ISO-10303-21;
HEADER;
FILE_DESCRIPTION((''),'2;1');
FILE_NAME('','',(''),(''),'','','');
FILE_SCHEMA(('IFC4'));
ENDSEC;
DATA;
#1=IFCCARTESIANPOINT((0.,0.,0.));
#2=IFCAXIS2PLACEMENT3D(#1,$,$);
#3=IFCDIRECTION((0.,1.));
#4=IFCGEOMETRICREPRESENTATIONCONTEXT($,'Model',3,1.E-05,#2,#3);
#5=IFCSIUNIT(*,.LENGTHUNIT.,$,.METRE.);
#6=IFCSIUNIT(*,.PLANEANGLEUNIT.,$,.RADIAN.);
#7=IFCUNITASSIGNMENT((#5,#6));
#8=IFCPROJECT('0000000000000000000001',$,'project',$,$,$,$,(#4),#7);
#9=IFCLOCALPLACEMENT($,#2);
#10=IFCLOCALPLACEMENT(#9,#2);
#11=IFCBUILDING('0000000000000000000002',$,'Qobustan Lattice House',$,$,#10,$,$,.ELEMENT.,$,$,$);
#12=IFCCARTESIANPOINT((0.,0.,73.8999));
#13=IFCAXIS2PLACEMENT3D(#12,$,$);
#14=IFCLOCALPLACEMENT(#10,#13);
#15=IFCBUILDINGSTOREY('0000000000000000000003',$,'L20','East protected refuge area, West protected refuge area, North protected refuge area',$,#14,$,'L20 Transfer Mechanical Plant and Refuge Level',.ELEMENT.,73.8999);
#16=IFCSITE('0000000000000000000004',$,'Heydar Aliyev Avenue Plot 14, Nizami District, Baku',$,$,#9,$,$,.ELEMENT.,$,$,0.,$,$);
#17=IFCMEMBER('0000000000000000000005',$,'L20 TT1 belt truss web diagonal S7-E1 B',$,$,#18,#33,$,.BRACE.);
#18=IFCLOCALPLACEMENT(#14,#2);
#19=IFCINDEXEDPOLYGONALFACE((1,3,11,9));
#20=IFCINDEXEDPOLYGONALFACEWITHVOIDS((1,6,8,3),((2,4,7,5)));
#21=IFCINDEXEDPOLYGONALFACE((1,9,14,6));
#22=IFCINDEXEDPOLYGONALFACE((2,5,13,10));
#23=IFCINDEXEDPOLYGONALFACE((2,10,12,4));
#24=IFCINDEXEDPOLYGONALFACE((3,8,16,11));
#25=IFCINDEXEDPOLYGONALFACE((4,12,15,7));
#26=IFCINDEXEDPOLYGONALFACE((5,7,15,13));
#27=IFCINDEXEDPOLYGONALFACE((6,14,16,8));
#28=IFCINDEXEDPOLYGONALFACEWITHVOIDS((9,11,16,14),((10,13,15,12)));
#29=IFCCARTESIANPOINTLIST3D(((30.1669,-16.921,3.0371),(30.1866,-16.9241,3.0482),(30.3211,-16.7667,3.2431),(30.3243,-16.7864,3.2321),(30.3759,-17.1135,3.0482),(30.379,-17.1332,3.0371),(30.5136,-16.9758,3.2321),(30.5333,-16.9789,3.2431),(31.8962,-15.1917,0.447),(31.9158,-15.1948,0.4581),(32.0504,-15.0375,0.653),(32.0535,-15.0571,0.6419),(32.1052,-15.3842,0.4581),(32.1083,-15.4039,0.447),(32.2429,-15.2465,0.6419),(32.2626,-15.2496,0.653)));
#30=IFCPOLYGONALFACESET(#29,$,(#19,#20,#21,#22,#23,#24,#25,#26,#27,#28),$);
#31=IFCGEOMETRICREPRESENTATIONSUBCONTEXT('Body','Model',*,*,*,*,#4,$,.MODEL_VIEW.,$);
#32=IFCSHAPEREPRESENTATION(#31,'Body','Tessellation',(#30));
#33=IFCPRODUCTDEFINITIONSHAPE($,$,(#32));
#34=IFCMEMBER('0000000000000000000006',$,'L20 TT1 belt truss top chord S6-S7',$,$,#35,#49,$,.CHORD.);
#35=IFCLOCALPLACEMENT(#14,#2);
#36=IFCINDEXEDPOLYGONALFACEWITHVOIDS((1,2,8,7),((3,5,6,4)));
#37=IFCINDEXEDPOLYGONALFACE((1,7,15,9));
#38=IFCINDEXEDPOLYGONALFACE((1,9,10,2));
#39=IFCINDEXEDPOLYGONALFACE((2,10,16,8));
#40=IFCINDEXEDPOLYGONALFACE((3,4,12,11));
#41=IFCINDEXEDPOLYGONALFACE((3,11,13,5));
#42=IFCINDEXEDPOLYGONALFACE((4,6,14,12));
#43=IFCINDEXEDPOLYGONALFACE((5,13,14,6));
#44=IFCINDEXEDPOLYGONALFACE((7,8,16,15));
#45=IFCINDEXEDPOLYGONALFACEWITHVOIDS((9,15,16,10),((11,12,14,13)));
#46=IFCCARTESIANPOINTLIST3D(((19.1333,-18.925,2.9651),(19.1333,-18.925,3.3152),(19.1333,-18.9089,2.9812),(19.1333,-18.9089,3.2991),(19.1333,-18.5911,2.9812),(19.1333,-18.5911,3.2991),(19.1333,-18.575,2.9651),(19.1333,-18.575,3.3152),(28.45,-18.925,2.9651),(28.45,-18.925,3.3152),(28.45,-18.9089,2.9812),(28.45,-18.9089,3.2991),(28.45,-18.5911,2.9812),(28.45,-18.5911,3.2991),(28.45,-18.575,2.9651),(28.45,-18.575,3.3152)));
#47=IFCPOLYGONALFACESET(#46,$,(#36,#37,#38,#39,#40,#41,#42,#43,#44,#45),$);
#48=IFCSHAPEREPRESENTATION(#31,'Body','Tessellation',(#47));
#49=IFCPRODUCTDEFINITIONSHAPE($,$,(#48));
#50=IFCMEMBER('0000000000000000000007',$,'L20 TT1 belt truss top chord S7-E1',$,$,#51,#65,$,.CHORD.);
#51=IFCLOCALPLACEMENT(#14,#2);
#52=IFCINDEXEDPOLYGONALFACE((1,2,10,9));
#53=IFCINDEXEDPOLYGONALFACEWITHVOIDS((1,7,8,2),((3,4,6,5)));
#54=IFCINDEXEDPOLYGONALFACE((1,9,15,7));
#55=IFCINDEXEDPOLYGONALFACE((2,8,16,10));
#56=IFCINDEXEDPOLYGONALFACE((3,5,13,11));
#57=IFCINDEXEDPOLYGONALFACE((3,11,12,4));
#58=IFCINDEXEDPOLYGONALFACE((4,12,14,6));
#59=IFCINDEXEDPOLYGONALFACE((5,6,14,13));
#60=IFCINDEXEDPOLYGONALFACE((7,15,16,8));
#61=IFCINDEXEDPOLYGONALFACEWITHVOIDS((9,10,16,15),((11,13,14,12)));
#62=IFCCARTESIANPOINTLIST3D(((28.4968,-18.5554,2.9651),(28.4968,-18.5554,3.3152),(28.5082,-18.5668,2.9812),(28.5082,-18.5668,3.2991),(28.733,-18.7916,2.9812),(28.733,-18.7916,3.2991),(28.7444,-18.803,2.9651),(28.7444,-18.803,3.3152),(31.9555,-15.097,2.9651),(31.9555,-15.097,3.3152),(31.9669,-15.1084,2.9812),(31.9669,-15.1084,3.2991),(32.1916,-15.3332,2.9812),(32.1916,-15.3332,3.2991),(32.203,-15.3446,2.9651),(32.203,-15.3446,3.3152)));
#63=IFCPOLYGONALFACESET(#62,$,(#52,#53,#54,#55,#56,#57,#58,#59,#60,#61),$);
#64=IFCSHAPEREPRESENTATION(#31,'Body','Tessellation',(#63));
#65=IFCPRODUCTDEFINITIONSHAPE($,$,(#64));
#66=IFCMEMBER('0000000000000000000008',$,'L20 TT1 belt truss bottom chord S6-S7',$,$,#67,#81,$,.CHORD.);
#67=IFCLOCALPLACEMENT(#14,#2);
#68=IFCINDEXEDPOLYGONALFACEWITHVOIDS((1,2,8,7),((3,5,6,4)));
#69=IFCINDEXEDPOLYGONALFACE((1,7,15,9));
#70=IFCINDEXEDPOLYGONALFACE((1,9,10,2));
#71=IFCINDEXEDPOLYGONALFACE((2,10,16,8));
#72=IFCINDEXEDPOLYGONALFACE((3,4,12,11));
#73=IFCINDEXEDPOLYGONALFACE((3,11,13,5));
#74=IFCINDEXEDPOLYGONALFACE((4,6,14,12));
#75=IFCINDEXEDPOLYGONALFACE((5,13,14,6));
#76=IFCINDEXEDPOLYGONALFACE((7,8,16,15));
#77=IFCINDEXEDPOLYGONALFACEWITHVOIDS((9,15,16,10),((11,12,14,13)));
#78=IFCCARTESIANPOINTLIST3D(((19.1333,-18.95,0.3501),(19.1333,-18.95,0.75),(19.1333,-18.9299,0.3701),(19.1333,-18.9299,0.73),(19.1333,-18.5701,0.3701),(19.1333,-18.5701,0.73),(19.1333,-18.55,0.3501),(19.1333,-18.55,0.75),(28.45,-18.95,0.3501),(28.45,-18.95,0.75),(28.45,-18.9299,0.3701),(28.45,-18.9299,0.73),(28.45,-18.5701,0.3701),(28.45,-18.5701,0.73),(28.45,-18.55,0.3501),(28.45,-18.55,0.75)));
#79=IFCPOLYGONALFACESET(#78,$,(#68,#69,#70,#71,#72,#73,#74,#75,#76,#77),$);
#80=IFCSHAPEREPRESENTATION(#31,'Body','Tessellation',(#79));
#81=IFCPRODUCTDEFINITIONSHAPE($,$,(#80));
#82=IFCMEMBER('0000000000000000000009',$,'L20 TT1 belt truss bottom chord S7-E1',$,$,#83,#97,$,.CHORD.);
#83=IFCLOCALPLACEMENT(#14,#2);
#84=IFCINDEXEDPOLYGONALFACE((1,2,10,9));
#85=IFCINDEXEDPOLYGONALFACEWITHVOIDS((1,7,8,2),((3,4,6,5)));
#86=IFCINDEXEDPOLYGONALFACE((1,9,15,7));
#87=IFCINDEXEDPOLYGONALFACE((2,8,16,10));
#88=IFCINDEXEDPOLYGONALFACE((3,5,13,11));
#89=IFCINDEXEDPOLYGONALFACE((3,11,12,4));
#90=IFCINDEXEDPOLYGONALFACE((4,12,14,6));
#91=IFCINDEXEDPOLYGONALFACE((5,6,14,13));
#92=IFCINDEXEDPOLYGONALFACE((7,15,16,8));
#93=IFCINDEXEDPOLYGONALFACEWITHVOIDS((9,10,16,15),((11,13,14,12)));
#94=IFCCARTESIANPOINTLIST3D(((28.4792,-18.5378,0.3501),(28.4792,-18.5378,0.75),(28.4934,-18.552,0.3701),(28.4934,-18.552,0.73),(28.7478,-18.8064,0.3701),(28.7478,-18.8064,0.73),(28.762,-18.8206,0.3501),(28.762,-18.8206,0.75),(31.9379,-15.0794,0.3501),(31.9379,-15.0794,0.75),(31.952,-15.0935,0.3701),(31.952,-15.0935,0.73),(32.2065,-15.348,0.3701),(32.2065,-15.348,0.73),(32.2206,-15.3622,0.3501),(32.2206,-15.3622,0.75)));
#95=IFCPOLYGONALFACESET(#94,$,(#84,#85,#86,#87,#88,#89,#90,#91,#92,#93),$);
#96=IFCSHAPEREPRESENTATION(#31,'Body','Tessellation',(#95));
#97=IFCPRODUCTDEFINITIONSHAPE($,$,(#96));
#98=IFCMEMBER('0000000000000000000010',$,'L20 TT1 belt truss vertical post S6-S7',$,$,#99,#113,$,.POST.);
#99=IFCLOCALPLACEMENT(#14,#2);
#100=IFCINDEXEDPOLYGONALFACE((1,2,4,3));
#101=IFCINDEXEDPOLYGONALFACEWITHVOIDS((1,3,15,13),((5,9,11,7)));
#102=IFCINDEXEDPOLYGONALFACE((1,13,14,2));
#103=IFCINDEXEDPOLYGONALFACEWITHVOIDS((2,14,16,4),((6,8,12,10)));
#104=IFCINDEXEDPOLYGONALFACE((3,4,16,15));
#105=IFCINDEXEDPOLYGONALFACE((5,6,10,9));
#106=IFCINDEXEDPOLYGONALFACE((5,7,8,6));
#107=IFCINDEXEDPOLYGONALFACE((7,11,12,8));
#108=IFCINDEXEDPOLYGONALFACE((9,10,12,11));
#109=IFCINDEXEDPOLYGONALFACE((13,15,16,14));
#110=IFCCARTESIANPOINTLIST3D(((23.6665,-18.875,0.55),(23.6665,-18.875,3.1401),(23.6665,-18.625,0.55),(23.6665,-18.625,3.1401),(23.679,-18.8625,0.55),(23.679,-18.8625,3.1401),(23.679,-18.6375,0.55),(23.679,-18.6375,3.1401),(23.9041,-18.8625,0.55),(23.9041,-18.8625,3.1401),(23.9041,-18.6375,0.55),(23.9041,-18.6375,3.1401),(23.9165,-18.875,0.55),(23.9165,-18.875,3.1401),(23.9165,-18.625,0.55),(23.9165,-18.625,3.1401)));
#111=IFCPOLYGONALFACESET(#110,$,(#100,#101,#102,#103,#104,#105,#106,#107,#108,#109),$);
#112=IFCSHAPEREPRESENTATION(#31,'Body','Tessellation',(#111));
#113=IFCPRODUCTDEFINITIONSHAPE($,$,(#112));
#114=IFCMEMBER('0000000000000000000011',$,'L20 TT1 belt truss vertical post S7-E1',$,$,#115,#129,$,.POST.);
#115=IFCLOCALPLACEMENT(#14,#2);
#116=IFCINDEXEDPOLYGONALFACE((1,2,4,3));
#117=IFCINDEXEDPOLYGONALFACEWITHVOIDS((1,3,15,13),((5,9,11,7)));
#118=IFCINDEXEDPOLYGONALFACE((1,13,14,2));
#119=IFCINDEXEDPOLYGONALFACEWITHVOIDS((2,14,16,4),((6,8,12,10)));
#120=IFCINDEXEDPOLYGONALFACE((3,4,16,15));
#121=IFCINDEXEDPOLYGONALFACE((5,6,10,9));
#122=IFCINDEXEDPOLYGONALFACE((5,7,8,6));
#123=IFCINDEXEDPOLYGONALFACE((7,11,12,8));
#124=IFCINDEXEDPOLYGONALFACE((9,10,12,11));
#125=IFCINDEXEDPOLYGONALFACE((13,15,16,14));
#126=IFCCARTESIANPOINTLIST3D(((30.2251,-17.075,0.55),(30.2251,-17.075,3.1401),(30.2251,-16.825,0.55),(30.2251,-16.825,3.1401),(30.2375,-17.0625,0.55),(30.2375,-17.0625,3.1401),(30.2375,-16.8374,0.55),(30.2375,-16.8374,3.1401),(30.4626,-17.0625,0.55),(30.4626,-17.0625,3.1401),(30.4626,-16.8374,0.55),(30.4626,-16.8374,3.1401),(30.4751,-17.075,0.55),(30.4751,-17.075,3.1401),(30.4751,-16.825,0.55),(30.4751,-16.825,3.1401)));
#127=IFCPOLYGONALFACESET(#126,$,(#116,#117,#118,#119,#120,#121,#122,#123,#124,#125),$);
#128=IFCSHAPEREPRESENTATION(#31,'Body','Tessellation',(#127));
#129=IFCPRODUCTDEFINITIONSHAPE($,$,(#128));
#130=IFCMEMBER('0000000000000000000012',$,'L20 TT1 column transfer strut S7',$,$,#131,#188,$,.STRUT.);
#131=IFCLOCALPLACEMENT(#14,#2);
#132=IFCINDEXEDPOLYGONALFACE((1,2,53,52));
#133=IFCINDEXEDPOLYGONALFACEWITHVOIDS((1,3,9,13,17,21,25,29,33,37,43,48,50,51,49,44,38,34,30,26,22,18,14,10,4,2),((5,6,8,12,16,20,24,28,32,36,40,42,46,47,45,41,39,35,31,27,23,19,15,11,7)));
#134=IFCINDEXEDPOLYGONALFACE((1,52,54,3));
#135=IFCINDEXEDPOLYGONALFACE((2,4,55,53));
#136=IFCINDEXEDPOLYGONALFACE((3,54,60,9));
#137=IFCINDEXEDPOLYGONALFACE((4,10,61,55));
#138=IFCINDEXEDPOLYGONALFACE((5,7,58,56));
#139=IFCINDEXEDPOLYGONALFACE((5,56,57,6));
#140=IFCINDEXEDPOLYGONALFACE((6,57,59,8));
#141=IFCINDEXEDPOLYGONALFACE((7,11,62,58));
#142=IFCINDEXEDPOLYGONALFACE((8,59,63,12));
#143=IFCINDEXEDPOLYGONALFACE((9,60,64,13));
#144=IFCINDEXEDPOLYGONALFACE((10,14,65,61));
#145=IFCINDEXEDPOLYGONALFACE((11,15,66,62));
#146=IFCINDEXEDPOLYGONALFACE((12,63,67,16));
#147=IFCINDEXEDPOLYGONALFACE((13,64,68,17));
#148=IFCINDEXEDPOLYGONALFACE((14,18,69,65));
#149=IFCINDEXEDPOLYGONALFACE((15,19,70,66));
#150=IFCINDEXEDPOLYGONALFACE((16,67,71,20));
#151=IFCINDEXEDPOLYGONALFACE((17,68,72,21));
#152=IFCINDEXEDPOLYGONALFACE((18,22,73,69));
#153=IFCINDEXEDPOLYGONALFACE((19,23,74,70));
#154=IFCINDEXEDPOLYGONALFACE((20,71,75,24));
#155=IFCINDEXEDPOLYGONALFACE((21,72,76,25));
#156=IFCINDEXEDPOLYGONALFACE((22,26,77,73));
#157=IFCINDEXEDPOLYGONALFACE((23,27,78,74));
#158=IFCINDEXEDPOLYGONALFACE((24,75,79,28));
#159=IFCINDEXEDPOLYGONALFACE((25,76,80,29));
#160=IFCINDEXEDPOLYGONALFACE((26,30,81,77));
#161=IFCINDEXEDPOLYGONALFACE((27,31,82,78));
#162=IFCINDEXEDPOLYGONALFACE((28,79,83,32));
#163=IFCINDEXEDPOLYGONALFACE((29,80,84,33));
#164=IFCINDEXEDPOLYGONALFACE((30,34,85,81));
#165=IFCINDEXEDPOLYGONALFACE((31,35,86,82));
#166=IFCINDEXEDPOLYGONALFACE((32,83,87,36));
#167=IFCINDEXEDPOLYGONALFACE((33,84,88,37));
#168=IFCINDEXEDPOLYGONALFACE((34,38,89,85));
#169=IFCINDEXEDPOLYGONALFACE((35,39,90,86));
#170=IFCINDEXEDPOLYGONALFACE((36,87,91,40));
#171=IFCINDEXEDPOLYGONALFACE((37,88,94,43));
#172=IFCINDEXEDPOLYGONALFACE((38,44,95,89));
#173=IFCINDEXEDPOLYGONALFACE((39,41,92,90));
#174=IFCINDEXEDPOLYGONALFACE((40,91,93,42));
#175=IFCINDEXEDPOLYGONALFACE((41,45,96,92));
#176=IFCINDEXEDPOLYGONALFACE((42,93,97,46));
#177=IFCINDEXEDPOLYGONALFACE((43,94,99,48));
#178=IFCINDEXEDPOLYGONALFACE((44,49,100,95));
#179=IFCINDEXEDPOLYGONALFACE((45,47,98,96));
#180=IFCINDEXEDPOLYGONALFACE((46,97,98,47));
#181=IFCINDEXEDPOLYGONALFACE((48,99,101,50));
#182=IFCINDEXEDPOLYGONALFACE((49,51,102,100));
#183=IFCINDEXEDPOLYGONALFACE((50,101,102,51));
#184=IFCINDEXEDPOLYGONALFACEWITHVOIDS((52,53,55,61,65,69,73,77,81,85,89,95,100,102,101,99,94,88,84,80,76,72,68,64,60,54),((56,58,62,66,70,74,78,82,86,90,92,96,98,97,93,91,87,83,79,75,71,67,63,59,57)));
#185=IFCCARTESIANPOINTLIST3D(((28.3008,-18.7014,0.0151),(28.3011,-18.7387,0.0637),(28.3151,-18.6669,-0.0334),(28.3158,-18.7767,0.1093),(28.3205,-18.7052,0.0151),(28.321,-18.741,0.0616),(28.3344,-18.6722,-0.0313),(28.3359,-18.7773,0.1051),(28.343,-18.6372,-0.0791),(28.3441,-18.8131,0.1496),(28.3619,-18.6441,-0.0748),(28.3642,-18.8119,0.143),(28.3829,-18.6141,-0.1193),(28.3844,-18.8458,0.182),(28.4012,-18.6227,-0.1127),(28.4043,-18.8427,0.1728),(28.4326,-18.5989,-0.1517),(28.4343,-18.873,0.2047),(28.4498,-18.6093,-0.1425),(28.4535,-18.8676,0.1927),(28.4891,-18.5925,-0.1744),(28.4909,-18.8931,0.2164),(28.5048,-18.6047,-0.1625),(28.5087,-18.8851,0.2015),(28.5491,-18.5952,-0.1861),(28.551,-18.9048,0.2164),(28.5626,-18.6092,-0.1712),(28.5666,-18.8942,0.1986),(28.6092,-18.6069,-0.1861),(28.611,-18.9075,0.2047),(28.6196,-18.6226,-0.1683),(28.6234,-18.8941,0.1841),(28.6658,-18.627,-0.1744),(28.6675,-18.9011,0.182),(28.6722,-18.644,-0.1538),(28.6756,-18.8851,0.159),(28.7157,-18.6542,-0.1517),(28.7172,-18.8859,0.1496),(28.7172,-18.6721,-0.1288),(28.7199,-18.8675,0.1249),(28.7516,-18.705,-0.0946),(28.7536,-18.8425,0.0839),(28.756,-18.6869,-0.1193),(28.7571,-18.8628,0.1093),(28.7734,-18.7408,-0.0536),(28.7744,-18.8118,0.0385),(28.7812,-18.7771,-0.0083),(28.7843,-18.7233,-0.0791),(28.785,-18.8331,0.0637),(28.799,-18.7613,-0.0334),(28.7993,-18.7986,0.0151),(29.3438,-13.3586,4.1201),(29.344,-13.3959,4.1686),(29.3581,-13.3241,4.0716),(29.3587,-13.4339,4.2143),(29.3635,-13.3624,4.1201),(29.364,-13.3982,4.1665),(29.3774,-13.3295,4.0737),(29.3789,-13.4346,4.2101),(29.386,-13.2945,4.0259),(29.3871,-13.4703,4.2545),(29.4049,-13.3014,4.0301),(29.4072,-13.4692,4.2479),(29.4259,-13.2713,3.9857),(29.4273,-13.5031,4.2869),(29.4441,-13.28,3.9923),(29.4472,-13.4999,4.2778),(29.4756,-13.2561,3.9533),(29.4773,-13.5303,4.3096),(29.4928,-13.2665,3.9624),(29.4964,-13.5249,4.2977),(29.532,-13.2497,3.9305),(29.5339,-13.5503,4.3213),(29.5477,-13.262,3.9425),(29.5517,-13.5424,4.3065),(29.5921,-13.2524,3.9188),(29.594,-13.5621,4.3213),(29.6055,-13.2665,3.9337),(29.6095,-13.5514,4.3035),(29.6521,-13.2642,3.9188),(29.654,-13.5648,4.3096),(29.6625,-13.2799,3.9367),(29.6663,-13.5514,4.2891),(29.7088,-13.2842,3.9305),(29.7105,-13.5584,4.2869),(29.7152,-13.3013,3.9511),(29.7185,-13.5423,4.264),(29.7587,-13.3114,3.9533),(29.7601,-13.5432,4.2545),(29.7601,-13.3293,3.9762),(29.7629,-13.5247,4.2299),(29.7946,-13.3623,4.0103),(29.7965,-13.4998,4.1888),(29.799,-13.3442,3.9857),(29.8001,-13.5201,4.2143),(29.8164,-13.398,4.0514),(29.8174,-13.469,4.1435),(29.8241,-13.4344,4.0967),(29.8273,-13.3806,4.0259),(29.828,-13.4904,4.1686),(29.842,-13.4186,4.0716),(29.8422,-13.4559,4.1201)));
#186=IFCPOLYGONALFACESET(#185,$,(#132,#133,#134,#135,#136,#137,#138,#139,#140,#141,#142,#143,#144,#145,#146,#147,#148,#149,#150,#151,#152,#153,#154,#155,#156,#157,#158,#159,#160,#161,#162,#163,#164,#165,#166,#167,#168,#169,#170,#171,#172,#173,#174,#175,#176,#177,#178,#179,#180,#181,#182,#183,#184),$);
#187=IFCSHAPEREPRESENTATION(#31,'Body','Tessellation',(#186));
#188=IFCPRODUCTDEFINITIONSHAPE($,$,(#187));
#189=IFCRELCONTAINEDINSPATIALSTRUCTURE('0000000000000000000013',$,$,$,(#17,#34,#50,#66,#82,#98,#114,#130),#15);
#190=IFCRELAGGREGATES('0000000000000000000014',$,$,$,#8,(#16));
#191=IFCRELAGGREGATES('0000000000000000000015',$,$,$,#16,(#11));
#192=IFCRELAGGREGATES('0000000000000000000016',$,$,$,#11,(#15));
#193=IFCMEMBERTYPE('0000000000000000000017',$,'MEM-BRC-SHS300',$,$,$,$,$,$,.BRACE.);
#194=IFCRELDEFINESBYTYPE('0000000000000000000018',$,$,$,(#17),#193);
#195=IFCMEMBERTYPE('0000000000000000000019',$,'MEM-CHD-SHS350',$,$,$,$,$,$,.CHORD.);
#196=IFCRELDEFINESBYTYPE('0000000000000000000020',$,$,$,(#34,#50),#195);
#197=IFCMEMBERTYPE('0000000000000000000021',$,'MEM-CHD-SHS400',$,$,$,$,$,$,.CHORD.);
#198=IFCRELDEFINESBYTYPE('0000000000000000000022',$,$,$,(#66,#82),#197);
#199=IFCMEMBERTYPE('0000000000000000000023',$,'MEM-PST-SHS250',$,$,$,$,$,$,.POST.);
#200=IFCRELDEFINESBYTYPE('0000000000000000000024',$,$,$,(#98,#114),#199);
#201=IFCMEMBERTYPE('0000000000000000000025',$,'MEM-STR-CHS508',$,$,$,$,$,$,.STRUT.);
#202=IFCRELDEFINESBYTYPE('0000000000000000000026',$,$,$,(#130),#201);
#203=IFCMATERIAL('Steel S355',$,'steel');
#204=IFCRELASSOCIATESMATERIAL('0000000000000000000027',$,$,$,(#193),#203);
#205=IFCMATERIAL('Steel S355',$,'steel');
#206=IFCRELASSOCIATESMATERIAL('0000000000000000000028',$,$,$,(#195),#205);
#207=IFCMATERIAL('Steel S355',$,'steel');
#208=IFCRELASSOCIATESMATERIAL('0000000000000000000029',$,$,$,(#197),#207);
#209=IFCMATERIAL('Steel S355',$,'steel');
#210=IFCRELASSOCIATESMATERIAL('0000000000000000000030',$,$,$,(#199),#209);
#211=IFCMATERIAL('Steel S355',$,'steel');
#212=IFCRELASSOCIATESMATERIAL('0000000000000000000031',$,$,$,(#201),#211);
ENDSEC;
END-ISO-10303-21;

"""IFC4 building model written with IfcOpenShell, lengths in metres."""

from ifc_helpers import new_model, si_unit, direction, frame, origin, origin_2d, place, context, subcontext, project, spatial, hollow_rectangle, hollow_circle, extrude, material, material_profile, profile_set, type_object, element, save


model = new_model("IFC4")

# Units and contexts
model_context = context("Model", 3, precision=1e-05, world=origin(), true_north=direction((0.0, 1.0)))
body_context = subcontext(model_context, "Body", "Model", "MODEL_VIEW")
ifc_project = project(units=[si_unit("LENGTHUNIT", "METRE"), si_unit("PLANEANGLEUNIT", "RADIAN")], contexts=[model_context])

# Site, building, storey
site_placement = place(None, origin())
site = spatial("IfcSite", under=ifc_project, at=site_placement, Name="Heydar Aliyev Avenue Plot 14, Nizami District, Baku", CompositionType="ELEMENT", RefElevation=0.0)
building_placement = place(site_placement, origin())
building = spatial("IfcBuilding", under=site, at=building_placement, Name="Qobustan Lattice House", CompositionType="ELEMENT")
storey_placement = place(building_placement, frame((0.0, 0.0, 73.8999)))
storey = spatial("IfcBuildingStorey", under=building, at=storey_placement, Name="L20", Description="East protected refuge area, West protected refuge area, North protected refuge area", LongName="L20 Transfer Mechanical Plant and Refuge Level", CompositionType="ELEMENT", Elevation=73.8999)

# Members
ifc_material_1 = material(Name="Steel S355", Category="steel")
ifc_material_profile_1 = material_profile(ifc_material_1, hollow_rectangle(XDim=0.3, YDim=0.3, WallThickness=0.0161, at=origin_2d()), Name="SHS300x300x16")
ifc_profile_set_1 = profile_set([ifc_material_profile_1], Name="Steel S355")
member_type_1 = type_object("IfcMemberType", Name="MEM-BRC-SHS300", PredefinedType="BRACE", material=ifc_profile_set_1)
for number, where, z_axis, x_axis, name in (
    (1, (30.3501, -16.95, 3.1401), (0.485446, 0.485446, -0.727107), (-0.707107, 0.707107, 0.0), "L20 TT1 belt truss web diagonal S7-E1 B"),
):
    element("IfcMember", number, at=place(storey_placement, frame(where, z_axis=z_axis, x_axis=x_axis)), inside=storey, type_object=member_type_1, Name=name, PredefinedType="BRACE", context=body_context, shape_type="SweptSolid", body=[
        extrude(hollow_rectangle(XDim=0.3, YDim=0.3, WallThickness=0.0161, at=origin_2d()), origin(), (0.0, 0.0, 1.0), 3.5623),
    ])
ifc_material_2 = material(Name="Steel S355", Category="steel")
ifc_material_profile_2 = material_profile(ifc_material_2, hollow_rectangle(XDim=0.3501, YDim=0.3501, WallThickness=0.0161, at=origin_2d()), Name="SHS350x350x16")
ifc_profile_set_2 = profile_set([ifc_material_profile_2], Name="Steel S355")
member_type_2 = type_object("IfcMemberType", Name="MEM-CHD-SHS350", PredefinedType="CHORD", material=ifc_profile_set_2)
member_1_placement = place(storey_placement, frame((19.1333, -18.75, 3.1401), z_axis=(1.0, 0.0, 0.0), x_axis=(0.0, 1.0, 0.0)))
element("IfcMember", 2, at=member_1_placement, inside=storey, type_object=member_type_2, Name="L20 TT1 belt truss top chord S6-S7", PredefinedType="CHORD", context=body_context, shape_type="SweptSolid", body=[
    extrude(hollow_rectangle(XDim=0.3501, YDim=0.3501, WallThickness=0.0161, at=origin_2d()), origin(), (0.0, 0.0, 1.0), 9.3167),
])
member_2_placement = place(storey_placement, frame((28.6206, -18.6792, 3.1401), z_axis=(0.707132, 0.707082, 0.0), x_axis=(-0.707082, 0.707132, 0.0)))
element("IfcMember", 3, at=member_2_placement, inside=storey, type_object=member_type_2, Name="L20 TT1 belt truss top chord S7-E1", PredefinedType="CHORD", context=body_context, shape_type="SweptSolid", body=[
    extrude(hollow_rectangle(XDim=0.3501, YDim=0.3501, WallThickness=0.0161, at=origin_2d()), origin(), (0.0, 0.0, 1.0), 4.8911),
])
ifc_material_3 = material(Name="Steel S355", Category="steel")
ifc_material_profile_3 = material_profile(ifc_material_3, hollow_rectangle(XDim=0.3999, YDim=0.3999, WallThickness=0.02, at=origin_2d()), Name="SHS400x400x20")
ifc_profile_set_3 = profile_set([ifc_material_profile_3], Name="Steel S355")
member_type_3 = type_object("IfcMemberType", Name="MEM-CHD-SHS400", PredefinedType="CHORD", material=ifc_profile_set_3)
member_3_placement = place(storey_placement, frame((19.1333, -18.75, 0.55), z_axis=(1.0, 0.0, 0.0), x_axis=(0.0, 1.0, 0.0)))
element("IfcMember", 4, at=member_3_placement, inside=storey, type_object=member_type_3, Name="L20 TT1 belt truss bottom chord S6-S7", PredefinedType="CHORD", context=body_context, shape_type="SweptSolid", body=[
    extrude(hollow_rectangle(XDim=0.3999, YDim=0.3999, WallThickness=0.02, at=origin_2d()), origin(), (0.0, 0.0, 1.0), 9.3167),
])
member_4_placement = place(storey_placement, frame((28.6206, -18.6792, 0.55), z_axis=(0.707132, 0.707082, 0.0), x_axis=(-0.707082, 0.707132, 0.0)))
element("IfcMember", 5, at=member_4_placement, inside=storey, type_object=member_type_3, Name="L20 TT1 belt truss bottom chord S7-E1", PredefinedType="CHORD", context=body_context, shape_type="SweptSolid", body=[
    extrude(hollow_rectangle(XDim=0.3999, YDim=0.3999, WallThickness=0.02, at=origin_2d()), origin(), (0.0, 0.0, 1.0), 4.8911),
])
ifc_material_4 = material(Name="Steel S355", Category="steel")
ifc_material_profile_4 = material_profile(ifc_material_4, hollow_rectangle(XDim=0.25, YDim=0.25, WallThickness=0.0125, at=origin_2d()), Name="SHS250x250x12.5")
ifc_profile_set_4 = profile_set([ifc_material_profile_4], Name="Steel S355")
member_type_4 = type_object("IfcMemberType", Name="MEM-PST-SHS250", PredefinedType="POST", material=ifc_profile_set_4)
for number, where, z_axis, x_axis, name in (
    (6, (23.7915, -18.75, 0.55), (0.0, 0.0, 1.0), (1.0, 0.0, 0.0), "L20 TT1 belt truss vertical post S6-S7"),
    (7, (30.3501, -16.95, 0.55), (0.0, 0.0, 1.0), (1.0, 0.0, 0.0), "L20 TT1 belt truss vertical post S7-E1"),
):
    element("IfcMember", number, at=place(storey_placement, frame(where, z_axis=z_axis, x_axis=x_axis)), inside=storey, type_object=member_type_4, Name=name, PredefinedType="POST", context=body_context, shape_type="SweptSolid", body=[
        extrude(hollow_rectangle(XDim=0.25, YDim=0.25, WallThickness=0.0125, at=origin_2d()), origin(), (0.0, 0.0, 1.0), 2.5901),
    ])
ifc_material_5 = material(Name="Steel S355", Category="steel")
ifc_material_profile_5 = material_profile(ifc_material_5, hollow_circle(Radius=0.2539, WallThickness=0.02, at=origin_2d()), Name="CHS508x20")
ifc_profile_set_5 = profile_set([ifc_material_profile_5], Name="Steel S355")
member_type_5 = type_object("IfcMemberType", Name="MEM-STR-CHS508", PredefinedType="STRUT", material=ifc_profile_set_5)
member_5_placement = place(storey_placement, frame((28.55, -18.75, 0.0151), z_axis=(0.152975, 0.783638, 0.602088), x_axis=(-0.981474, 0.191595, 0.0)))
element("IfcMember", 8, at=member_5_placement, inside=storey, type_object=member_type_5, Name="L20 TT1 column transfer strut S7", PredefinedType="STRUT", context=body_context, shape_type="SweptSolid", body=[
    extrude(hollow_circle(Radius=0.2539, WallThickness=0.02, at=origin_2d()), origin(), (0.0, 0.0, 1.0), 6.8179),
])

save(model, "model.ifc")
